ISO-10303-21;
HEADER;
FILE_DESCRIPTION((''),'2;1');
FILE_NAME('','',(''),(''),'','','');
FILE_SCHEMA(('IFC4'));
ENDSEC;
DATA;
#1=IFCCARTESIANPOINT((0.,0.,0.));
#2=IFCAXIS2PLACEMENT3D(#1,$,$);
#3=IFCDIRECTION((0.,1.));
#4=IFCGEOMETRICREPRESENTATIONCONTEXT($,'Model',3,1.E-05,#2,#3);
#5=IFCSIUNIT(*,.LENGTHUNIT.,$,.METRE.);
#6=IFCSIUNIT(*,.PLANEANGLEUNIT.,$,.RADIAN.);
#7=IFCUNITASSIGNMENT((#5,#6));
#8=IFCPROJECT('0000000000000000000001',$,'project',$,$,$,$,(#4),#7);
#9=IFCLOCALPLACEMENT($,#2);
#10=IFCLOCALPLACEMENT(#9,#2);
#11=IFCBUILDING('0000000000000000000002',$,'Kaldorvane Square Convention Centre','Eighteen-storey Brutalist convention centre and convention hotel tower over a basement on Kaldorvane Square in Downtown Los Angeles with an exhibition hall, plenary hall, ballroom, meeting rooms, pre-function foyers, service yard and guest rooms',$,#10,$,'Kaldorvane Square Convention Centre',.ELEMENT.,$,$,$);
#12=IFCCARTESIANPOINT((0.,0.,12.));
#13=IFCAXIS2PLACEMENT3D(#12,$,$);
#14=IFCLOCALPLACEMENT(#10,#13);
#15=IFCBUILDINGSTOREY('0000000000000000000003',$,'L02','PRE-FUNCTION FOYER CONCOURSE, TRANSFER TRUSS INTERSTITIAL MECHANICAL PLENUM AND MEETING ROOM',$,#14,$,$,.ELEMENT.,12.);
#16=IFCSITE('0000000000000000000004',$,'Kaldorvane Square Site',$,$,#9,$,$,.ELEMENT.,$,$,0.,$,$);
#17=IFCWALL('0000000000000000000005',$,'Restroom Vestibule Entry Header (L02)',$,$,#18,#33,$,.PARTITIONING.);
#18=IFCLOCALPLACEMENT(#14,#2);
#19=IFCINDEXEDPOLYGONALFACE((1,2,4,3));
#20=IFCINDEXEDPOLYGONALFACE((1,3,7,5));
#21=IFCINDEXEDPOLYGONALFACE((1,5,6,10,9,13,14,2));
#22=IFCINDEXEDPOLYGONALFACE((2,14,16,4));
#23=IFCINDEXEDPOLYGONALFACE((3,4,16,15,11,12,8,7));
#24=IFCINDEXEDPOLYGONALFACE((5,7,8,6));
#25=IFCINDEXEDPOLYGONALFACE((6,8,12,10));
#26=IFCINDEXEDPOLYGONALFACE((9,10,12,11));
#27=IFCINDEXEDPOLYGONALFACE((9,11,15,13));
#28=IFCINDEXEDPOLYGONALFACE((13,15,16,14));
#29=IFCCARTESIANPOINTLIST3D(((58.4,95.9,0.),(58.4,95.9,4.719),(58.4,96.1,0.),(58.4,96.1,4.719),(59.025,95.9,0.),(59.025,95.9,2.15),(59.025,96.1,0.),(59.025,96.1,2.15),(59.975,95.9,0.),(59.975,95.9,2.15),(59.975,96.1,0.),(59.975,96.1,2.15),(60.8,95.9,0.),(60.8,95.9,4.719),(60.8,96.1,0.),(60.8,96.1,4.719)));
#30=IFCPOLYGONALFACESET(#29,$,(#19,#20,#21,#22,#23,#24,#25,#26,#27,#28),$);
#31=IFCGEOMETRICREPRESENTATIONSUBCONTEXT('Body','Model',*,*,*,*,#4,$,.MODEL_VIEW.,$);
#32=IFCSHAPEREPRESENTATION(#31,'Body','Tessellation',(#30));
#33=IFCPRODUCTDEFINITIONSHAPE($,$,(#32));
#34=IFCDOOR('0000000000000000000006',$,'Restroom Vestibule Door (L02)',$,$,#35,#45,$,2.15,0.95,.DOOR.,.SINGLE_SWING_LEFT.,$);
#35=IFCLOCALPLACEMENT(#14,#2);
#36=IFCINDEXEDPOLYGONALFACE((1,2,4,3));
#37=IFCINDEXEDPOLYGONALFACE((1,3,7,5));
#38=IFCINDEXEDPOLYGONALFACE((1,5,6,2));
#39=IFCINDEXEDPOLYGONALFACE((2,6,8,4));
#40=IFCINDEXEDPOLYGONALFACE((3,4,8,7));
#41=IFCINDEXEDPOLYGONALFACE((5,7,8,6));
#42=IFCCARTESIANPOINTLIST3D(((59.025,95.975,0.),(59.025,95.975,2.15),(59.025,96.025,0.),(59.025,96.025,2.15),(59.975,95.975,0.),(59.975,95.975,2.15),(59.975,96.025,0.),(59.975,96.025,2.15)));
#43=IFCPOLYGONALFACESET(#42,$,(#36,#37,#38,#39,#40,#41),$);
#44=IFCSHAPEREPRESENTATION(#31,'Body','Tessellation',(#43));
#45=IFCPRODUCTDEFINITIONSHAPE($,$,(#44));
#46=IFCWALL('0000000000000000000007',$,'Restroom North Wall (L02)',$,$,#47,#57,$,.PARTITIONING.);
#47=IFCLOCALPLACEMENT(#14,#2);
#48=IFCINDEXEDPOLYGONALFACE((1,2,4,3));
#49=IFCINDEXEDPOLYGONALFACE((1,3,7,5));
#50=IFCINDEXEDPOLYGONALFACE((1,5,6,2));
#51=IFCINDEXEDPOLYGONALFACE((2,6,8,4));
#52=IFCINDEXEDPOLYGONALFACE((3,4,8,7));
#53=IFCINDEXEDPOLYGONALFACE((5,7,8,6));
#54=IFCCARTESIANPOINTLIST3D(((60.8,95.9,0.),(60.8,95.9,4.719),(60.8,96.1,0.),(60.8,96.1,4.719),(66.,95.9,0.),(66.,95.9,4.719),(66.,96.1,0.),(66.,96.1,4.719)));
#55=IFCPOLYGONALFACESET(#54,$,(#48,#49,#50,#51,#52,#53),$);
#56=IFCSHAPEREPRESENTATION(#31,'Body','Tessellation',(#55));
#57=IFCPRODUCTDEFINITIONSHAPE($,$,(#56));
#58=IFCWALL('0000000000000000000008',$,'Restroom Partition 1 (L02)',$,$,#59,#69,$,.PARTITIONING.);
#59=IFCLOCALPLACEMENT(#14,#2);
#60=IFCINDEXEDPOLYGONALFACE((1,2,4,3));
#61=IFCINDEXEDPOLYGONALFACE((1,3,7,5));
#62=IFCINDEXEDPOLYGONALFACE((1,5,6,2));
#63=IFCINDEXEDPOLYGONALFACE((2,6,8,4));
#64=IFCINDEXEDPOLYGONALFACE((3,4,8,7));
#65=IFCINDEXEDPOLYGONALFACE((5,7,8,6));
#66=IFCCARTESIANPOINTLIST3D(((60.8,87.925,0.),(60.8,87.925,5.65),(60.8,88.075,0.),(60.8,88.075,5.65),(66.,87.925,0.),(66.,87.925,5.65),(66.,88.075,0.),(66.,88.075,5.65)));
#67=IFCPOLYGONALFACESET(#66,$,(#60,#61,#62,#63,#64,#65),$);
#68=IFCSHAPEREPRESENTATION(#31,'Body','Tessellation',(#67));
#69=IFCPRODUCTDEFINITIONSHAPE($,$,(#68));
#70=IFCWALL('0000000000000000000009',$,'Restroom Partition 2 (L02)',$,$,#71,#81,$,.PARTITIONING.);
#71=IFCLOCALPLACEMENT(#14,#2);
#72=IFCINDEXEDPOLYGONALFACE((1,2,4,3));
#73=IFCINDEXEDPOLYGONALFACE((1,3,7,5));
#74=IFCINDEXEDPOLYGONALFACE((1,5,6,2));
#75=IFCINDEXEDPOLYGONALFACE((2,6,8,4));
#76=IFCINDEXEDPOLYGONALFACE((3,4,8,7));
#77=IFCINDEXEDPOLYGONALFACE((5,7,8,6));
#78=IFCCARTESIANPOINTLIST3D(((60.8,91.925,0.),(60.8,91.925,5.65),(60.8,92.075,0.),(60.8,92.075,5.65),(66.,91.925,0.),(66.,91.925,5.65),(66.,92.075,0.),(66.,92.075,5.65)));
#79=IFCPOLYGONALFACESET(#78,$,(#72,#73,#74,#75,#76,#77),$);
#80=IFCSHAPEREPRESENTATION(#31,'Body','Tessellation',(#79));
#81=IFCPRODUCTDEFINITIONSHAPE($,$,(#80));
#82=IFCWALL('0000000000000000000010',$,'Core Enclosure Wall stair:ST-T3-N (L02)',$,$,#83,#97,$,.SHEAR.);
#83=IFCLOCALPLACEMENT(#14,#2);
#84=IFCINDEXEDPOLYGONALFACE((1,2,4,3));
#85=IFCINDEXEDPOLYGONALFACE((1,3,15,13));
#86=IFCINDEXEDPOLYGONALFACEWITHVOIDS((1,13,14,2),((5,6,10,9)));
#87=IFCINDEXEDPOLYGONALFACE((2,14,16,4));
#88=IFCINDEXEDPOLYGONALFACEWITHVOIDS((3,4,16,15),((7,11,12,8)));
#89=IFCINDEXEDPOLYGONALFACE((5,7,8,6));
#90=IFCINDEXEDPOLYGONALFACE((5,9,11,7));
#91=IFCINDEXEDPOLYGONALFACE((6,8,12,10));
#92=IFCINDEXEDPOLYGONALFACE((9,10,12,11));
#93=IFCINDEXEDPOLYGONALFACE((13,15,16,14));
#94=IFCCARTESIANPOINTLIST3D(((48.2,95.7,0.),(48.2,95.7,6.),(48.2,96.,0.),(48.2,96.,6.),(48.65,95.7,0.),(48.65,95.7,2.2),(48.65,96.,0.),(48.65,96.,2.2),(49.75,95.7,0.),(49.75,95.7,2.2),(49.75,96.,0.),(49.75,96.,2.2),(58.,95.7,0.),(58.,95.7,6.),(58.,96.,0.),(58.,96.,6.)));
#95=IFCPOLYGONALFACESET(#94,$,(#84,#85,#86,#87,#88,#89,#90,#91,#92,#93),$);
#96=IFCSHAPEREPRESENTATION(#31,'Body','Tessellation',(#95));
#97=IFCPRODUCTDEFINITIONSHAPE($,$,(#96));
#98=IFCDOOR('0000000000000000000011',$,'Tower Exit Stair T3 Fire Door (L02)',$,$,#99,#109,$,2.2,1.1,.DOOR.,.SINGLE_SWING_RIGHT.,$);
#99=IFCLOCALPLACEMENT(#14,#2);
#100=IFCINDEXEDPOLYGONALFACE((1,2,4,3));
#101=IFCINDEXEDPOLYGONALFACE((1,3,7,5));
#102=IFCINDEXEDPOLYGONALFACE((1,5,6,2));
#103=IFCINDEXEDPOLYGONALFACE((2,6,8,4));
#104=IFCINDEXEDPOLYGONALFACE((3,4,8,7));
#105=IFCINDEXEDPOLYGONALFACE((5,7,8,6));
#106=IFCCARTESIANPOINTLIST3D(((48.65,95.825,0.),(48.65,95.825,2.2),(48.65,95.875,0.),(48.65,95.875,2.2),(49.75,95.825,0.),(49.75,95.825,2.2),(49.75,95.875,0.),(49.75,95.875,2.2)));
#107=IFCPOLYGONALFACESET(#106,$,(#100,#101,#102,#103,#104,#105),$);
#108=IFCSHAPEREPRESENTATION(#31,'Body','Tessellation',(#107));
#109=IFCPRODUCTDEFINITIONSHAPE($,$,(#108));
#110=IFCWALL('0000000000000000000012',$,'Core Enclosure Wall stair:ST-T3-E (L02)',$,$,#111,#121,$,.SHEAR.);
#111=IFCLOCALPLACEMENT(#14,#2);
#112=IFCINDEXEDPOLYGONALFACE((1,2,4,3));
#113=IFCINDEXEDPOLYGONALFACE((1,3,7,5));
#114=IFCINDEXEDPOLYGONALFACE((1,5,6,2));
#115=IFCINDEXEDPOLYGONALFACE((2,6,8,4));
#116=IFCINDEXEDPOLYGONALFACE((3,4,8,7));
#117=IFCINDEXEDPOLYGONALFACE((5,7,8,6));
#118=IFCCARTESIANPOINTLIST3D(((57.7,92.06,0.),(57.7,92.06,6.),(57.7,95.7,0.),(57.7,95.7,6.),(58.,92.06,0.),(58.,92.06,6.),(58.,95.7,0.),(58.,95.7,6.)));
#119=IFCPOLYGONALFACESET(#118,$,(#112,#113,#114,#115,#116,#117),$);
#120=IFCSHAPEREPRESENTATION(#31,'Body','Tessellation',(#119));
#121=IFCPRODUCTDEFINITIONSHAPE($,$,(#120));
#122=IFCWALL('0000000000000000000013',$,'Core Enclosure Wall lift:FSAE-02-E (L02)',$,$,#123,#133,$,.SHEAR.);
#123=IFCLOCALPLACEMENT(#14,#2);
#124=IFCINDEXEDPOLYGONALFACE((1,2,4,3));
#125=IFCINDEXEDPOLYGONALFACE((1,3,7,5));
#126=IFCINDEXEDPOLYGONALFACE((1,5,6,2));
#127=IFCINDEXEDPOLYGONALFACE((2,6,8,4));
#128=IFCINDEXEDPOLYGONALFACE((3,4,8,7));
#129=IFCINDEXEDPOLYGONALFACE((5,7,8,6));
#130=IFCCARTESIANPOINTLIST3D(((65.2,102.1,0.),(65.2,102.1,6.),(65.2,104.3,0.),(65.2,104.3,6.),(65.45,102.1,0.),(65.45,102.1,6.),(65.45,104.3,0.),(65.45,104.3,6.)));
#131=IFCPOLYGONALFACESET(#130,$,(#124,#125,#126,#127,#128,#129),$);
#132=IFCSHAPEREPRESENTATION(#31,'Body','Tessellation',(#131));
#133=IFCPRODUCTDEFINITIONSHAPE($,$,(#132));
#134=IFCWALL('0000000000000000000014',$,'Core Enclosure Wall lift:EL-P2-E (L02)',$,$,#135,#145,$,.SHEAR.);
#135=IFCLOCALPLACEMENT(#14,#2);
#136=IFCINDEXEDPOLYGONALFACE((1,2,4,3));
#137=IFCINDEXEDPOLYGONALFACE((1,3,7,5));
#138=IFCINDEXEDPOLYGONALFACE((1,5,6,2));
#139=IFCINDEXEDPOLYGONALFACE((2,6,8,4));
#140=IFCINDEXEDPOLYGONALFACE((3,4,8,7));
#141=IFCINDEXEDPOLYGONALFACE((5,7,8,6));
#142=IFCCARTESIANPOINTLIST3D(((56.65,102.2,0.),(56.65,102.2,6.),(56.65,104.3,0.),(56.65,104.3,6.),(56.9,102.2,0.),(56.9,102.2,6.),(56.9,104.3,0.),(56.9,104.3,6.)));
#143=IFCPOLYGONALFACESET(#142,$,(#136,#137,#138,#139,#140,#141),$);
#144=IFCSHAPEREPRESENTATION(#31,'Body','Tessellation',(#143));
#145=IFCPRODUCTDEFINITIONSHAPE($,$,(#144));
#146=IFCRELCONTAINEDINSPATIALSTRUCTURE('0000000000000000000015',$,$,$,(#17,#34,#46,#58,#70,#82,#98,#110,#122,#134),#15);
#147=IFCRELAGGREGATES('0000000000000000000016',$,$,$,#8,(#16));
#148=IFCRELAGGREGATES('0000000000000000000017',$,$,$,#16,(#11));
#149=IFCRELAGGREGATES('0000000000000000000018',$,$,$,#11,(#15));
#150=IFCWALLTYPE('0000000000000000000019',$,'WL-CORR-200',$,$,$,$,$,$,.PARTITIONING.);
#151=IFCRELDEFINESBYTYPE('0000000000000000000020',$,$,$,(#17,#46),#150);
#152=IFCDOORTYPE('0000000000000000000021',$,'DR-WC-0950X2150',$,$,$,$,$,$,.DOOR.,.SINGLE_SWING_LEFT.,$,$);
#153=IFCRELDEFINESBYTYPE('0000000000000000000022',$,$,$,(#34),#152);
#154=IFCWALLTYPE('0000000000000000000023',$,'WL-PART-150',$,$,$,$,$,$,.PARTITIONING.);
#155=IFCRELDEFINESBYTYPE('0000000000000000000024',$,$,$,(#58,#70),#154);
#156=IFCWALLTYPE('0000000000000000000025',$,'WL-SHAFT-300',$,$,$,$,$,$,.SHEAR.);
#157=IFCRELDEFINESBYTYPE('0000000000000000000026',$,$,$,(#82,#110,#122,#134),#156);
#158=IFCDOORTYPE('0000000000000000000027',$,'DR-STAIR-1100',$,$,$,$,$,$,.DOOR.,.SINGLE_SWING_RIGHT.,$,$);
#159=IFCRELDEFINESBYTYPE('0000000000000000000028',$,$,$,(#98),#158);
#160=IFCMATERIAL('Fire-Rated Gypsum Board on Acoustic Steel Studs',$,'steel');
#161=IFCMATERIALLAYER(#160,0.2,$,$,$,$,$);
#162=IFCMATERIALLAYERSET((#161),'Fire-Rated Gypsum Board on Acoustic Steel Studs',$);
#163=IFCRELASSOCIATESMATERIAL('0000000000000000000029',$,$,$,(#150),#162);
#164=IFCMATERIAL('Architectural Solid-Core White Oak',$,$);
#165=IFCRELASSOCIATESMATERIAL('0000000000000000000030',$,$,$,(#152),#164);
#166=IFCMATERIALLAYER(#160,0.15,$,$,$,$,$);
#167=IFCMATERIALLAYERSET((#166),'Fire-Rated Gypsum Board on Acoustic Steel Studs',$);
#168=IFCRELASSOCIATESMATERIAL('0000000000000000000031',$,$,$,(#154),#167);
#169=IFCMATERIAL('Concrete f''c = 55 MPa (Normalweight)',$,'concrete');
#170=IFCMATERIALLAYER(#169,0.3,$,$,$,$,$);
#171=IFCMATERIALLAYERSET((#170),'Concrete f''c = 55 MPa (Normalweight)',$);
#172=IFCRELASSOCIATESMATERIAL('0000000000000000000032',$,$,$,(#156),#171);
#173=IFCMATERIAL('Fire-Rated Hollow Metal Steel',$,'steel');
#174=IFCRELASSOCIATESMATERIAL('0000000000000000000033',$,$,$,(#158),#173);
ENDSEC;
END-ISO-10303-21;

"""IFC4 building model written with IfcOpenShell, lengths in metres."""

from ifc_helpers import new_model, si_unit, direction, frame, frame_2d, origin, place, context, subcontext, project, spatial, rectangle, extrude, material, layer, layer_set, type_object, element, fill, save


model = new_model("IFC4")

# Units and contexts
model_context = context("Model", 3, precision=1e-05, world=origin(), true_north=direction((0.0, 1.0)))
body_context = subcontext(model_context, "Body", "Model", "MODEL_VIEW")
ifc_project = project(units=[si_unit("LENGTHUNIT", "METRE"), si_unit("PLANEANGLEUNIT", "RADIAN")], contexts=[model_context])

# Site, building, storey
site_placement = place(None, origin())
site = spatial("IfcSite", under=ifc_project, at=site_placement, Name="Kaldorvane Square Site", CompositionType="ELEMENT", RefElevation=0.0)
building_placement = place(site_placement, origin())
building = spatial("IfcBuilding", under=site, at=building_placement, Name="Kaldorvane Square Convention Centre", Description="Eighteen-storey Brutalist convention centre and convention hotel tower over a basement on Kaldorvane Square in Downtown Los Angeles with an exhibition hall, plenary hall, ballroom, meeting rooms, pre-function foyers, service yard and guest rooms", LongName="Kaldorvane Square Convention Centre", CompositionType="ELEMENT")
storey_placement = place(building_placement, frame((0.0, 0.0, 12.0)))
storey = spatial("IfcBuildingStorey", under=building, at=storey_placement, Name="L02", Description="PRE-FUNCTION FOYER CONCOURSE, TRANSFER TRUSS INTERSTITIAL MECHANICAL PLENUM AND MEETING ROOM", CompositionType="ELEMENT", Elevation=12.0)

# Wall, opening, door
ifc_material_1 = material(Name="Fire-Rated Gypsum Board on Acoustic Steel Studs", Category="steel")
ifc_layer_1 = layer(ifc_material_1, 0.2)
ifc_layer_set_1 = layer_set([ifc_layer_1], Name="Fire-Rated Gypsum Board on Acoustic Steel Studs")
wall_type_1 = type_object("IfcWallType", Name="WL-CORR-200", PredefinedType="PARTITIONING", material=ifc_layer_set_1)
wall_1_placement = place(storey_placement, frame((58.4, 96.0, 0.0), z_axis=(0.0, 0.0, 1.0), x_axis=(1.0, 0.0, 0.0)))
wall_1 = element("IfcWall", 1, at=wall_1_placement, inside=storey, type_object=wall_type_1, Name="Restroom Vestibule Entry Header (L02)", PredefinedType="PARTITIONING", context=body_context, shape_type="SweptSolid", body=[
    extrude(rectangle(XDim=2.4, YDim=0.2, at=frame_2d((1.2, 0.0))), origin(), (0.0, 0.0, 1.0), 4.719),
])
opening_1_placement = place(wall_1_placement, frame((0.625, 0.0, 0.0)))
opening_1 = element("IfcOpeningElement", 2, at=opening_1_placement, cuts=wall_1, PredefinedType="OPENING", context=body_context, shape_type="SweptSolid", body=[
    extrude(rectangle(XDim=0.95, YDim=2.15, at=frame_2d((0.475, 1.075))), frame((0.0, 0.115, 0.0), z_axis=(0.0, -1.0, 0.0), x_axis=(1.0, 0.0, 0.0)), (0.0, 0.0, 1.0), 0.23),
])
ifc_material_2 = material(Name="Architectural Solid-Core White Oak")
door_type_1 = type_object("IfcDoorType", Name="DR-WC-0950X2150", OperationType="SINGLE_SWING_LEFT", PredefinedType="DOOR", material=ifc_material_2)
door_1_placement = place(opening_1_placement, origin())
door_1 = element("IfcDoor", 3, at=door_1_placement, inside=storey, type_object=door_type_1, Name="Restroom Vestibule Door (L02)", OperationType="SINGLE_SWING_LEFT", OverallHeight=2.15, OverallWidth=0.95, PredefinedType="DOOR", context=body_context, shape_type="SweptSolid", body=[
    extrude(rectangle(XDim=0.95, YDim=2.15, at=frame_2d((0.475, 1.075))), frame((0.0, 0.025, 0.0), z_axis=(0.0, -1.0, 0.0), x_axis=(1.0, 0.0, 0.0)), (0.0, 0.0, 1.0), 0.05),
])
fill(opening_1, door_1)

# Walls
wall_2_placement = place(storey_placement, frame((60.8, 96.0, 0.0), z_axis=(0.0, 0.0, 1.0), x_axis=(1.0, 0.0, 0.0)))
element("IfcWall", 4, at=wall_2_placement, inside=storey, type_object=wall_type_1, Name="Restroom North Wall (L02)", PredefinedType="PARTITIONING", context=body_context, shape_type="SweptSolid", body=[
    extrude(rectangle(XDim=5.2, YDim=0.2, at=frame_2d((2.6, 0.0))), origin(), (0.0, 0.0, 1.0), 4.719),
])
ifc_layer_2 = layer(ifc_material_1, 0.15)
ifc_layer_set_2 = layer_set([ifc_layer_2], Name="Fire-Rated Gypsum Board on Acoustic Steel Studs")
wall_type_2 = type_object("IfcWallType", Name="WL-PART-150", PredefinedType="PARTITIONING", material=ifc_layer_set_2)
for number, where, z_axis, x_axis, name in (
    (5, (60.8, 88.0, 0.0), (0.0, 0.0, 1.0), (1.0, 0.0, 0.0), "Restroom Partition 1 (L02)"),
    (6, (60.8, 92.0, 0.0), (0.0, 0.0, 1.0), (1.0, 0.0, 0.0), "Restroom Partition 2 (L02)"),
):
    element("IfcWall", number, at=place(storey_placement, frame(where, z_axis=z_axis, x_axis=x_axis)), inside=storey, type_object=wall_type_2, Name=name, PredefinedType="PARTITIONING", context=body_context, shape_type="SweptSolid", body=[
        extrude(rectangle(XDim=5.2, YDim=0.15, at=frame_2d((2.6, 0.0))), origin(), (0.0, 0.0, 1.0), 5.65),
    ])

# Wall, opening, door
ifc_material_3 = material(Name="Concrete f'c = 55 MPa (Normalweight)", Category="concrete")
ifc_layer_3 = layer(ifc_material_3, 0.3)
ifc_layer_set_3 = layer_set([ifc_layer_3], Name="Concrete f'c = 55 MPa (Normalweight)")
wall_type_3 = type_object("IfcWallType", Name="WL-SHAFT-300", PredefinedType="SHEAR", material=ifc_layer_set_3)
wall_3_placement = place(storey_placement, frame((58.0, 95.85, 0.0), z_axis=(0.0, 0.0, 1.0), x_axis=(-1.0, 0.0, 0.0)))
wall_3 = element("IfcWall", 7, at=wall_3_placement, inside=storey, type_object=wall_type_3, Name="Core Enclosure Wall stair:ST-T3-N (L02)", PredefinedType="SHEAR", context=body_context, shape_type="SweptSolid", body=[
    extrude(rectangle(XDim=9.8, YDim=0.3, at=frame_2d((4.9, 0.0))), origin(), (0.0, 0.0, 1.0), 6.0),
])
opening_2_placement = place(wall_3_placement, frame((8.25, 0.0, 0.0)))
opening_2 = element("IfcOpeningElement", 8, at=opening_2_placement, cuts=wall_3, PredefinedType="OPENING", context=body_context, shape_type="SweptSolid", body=[
    extrude(rectangle(XDim=1.1, YDim=2.2, at=frame_2d((0.55, 1.1))), frame((0.0, 0.165, 0.0), z_axis=(0.0, -1.0, 0.0), x_axis=(1.0, 0.0, 0.0)), (0.0, 0.0, 1.0), 0.33),
])
ifc_material_4 = material(Name="Fire-Rated Hollow Metal Steel", Category="steel")
door_type_2 = type_object("IfcDoorType", Name="DR-STAIR-1100", OperationType="SINGLE_SWING_RIGHT", PredefinedType="DOOR", material=ifc_material_4)
door_2_placement = place(opening_2_placement, origin())
door_2 = element("IfcDoor", 9, at=door_2_placement, inside=storey, type_object=door_type_2, Name="Tower Exit Stair T3 Fire Door (L02)", OperationType="SINGLE_SWING_RIGHT", OverallHeight=2.2, OverallWidth=1.1, PredefinedType="DOOR", context=body_context, shape_type="SweptSolid", body=[
    extrude(rectangle(XDim=1.1, YDim=2.2, at=frame_2d((0.55, 1.1))), frame((0.0, 0.025, 0.0), z_axis=(0.0, -1.0, 0.0), x_axis=(1.0, 0.0, 0.0)), (0.0, 0.0, 1.0), 0.05),
])
fill(opening_2, door_2)

# Wall
wall_4_placement = place(storey_placement, frame((57.85, 92.06, 0.0), z_axis=(0.0, 0.0, 1.0), x_axis=(0.0, 1.0, 0.0)))
element("IfcWall", 10, at=wall_4_placement, inside=storey, type_object=wall_type_3, Name="Core Enclosure Wall stair:ST-T3-E (L02)", PredefinedType="SHEAR", context=body_context, shape_type="SweptSolid", body=[
    extrude(rectangle(XDim=3.64, YDim=0.3, at=frame_2d((1.82, 0.0))), origin(), (0.0, 0.0, 1.0), 6.0),
])

# Walls
wall_5_placement = place(storey_placement, frame((65.325, 102.1, 0.0), z_axis=(0.0, 0.0, 1.0), x_axis=(0.0, 1.0, 0.0)))
element("IfcWall", 11, at=wall_5_placement, inside=storey, type_object=wall_type_3, Name="Core Enclosure Wall lift:FSAE-02-E (L02)", PredefinedType="SHEAR", context=body_context, shape_type="SweptSolid", body=[
    extrude(rectangle(XDim=2.2, YDim=0.25, at=frame_2d((1.1, 0.0))), origin(), (0.0, 0.0, 1.0), 6.0),
])
wall_6_placement = place(storey_placement, frame((56.775, 102.2, 0.0), z_axis=(0.0, 0.0, 1.0), x_axis=(0.0, 1.0, 0.0)))
element("IfcWall", 12, at=wall_6_placement, inside=storey, type_object=wall_type_3, Name="Core Enclosure Wall lift:EL-P2-E (L02)", PredefinedType="SHEAR", context=body_context, shape_type="SweptSolid", body=[
    extrude(rectangle(XDim=2.1, YDim=0.25, at=frame_2d((1.05, 0.0))), origin(), (0.0, 0.0, 1.0), 6.0),
])

save(model, "model.ifc")
